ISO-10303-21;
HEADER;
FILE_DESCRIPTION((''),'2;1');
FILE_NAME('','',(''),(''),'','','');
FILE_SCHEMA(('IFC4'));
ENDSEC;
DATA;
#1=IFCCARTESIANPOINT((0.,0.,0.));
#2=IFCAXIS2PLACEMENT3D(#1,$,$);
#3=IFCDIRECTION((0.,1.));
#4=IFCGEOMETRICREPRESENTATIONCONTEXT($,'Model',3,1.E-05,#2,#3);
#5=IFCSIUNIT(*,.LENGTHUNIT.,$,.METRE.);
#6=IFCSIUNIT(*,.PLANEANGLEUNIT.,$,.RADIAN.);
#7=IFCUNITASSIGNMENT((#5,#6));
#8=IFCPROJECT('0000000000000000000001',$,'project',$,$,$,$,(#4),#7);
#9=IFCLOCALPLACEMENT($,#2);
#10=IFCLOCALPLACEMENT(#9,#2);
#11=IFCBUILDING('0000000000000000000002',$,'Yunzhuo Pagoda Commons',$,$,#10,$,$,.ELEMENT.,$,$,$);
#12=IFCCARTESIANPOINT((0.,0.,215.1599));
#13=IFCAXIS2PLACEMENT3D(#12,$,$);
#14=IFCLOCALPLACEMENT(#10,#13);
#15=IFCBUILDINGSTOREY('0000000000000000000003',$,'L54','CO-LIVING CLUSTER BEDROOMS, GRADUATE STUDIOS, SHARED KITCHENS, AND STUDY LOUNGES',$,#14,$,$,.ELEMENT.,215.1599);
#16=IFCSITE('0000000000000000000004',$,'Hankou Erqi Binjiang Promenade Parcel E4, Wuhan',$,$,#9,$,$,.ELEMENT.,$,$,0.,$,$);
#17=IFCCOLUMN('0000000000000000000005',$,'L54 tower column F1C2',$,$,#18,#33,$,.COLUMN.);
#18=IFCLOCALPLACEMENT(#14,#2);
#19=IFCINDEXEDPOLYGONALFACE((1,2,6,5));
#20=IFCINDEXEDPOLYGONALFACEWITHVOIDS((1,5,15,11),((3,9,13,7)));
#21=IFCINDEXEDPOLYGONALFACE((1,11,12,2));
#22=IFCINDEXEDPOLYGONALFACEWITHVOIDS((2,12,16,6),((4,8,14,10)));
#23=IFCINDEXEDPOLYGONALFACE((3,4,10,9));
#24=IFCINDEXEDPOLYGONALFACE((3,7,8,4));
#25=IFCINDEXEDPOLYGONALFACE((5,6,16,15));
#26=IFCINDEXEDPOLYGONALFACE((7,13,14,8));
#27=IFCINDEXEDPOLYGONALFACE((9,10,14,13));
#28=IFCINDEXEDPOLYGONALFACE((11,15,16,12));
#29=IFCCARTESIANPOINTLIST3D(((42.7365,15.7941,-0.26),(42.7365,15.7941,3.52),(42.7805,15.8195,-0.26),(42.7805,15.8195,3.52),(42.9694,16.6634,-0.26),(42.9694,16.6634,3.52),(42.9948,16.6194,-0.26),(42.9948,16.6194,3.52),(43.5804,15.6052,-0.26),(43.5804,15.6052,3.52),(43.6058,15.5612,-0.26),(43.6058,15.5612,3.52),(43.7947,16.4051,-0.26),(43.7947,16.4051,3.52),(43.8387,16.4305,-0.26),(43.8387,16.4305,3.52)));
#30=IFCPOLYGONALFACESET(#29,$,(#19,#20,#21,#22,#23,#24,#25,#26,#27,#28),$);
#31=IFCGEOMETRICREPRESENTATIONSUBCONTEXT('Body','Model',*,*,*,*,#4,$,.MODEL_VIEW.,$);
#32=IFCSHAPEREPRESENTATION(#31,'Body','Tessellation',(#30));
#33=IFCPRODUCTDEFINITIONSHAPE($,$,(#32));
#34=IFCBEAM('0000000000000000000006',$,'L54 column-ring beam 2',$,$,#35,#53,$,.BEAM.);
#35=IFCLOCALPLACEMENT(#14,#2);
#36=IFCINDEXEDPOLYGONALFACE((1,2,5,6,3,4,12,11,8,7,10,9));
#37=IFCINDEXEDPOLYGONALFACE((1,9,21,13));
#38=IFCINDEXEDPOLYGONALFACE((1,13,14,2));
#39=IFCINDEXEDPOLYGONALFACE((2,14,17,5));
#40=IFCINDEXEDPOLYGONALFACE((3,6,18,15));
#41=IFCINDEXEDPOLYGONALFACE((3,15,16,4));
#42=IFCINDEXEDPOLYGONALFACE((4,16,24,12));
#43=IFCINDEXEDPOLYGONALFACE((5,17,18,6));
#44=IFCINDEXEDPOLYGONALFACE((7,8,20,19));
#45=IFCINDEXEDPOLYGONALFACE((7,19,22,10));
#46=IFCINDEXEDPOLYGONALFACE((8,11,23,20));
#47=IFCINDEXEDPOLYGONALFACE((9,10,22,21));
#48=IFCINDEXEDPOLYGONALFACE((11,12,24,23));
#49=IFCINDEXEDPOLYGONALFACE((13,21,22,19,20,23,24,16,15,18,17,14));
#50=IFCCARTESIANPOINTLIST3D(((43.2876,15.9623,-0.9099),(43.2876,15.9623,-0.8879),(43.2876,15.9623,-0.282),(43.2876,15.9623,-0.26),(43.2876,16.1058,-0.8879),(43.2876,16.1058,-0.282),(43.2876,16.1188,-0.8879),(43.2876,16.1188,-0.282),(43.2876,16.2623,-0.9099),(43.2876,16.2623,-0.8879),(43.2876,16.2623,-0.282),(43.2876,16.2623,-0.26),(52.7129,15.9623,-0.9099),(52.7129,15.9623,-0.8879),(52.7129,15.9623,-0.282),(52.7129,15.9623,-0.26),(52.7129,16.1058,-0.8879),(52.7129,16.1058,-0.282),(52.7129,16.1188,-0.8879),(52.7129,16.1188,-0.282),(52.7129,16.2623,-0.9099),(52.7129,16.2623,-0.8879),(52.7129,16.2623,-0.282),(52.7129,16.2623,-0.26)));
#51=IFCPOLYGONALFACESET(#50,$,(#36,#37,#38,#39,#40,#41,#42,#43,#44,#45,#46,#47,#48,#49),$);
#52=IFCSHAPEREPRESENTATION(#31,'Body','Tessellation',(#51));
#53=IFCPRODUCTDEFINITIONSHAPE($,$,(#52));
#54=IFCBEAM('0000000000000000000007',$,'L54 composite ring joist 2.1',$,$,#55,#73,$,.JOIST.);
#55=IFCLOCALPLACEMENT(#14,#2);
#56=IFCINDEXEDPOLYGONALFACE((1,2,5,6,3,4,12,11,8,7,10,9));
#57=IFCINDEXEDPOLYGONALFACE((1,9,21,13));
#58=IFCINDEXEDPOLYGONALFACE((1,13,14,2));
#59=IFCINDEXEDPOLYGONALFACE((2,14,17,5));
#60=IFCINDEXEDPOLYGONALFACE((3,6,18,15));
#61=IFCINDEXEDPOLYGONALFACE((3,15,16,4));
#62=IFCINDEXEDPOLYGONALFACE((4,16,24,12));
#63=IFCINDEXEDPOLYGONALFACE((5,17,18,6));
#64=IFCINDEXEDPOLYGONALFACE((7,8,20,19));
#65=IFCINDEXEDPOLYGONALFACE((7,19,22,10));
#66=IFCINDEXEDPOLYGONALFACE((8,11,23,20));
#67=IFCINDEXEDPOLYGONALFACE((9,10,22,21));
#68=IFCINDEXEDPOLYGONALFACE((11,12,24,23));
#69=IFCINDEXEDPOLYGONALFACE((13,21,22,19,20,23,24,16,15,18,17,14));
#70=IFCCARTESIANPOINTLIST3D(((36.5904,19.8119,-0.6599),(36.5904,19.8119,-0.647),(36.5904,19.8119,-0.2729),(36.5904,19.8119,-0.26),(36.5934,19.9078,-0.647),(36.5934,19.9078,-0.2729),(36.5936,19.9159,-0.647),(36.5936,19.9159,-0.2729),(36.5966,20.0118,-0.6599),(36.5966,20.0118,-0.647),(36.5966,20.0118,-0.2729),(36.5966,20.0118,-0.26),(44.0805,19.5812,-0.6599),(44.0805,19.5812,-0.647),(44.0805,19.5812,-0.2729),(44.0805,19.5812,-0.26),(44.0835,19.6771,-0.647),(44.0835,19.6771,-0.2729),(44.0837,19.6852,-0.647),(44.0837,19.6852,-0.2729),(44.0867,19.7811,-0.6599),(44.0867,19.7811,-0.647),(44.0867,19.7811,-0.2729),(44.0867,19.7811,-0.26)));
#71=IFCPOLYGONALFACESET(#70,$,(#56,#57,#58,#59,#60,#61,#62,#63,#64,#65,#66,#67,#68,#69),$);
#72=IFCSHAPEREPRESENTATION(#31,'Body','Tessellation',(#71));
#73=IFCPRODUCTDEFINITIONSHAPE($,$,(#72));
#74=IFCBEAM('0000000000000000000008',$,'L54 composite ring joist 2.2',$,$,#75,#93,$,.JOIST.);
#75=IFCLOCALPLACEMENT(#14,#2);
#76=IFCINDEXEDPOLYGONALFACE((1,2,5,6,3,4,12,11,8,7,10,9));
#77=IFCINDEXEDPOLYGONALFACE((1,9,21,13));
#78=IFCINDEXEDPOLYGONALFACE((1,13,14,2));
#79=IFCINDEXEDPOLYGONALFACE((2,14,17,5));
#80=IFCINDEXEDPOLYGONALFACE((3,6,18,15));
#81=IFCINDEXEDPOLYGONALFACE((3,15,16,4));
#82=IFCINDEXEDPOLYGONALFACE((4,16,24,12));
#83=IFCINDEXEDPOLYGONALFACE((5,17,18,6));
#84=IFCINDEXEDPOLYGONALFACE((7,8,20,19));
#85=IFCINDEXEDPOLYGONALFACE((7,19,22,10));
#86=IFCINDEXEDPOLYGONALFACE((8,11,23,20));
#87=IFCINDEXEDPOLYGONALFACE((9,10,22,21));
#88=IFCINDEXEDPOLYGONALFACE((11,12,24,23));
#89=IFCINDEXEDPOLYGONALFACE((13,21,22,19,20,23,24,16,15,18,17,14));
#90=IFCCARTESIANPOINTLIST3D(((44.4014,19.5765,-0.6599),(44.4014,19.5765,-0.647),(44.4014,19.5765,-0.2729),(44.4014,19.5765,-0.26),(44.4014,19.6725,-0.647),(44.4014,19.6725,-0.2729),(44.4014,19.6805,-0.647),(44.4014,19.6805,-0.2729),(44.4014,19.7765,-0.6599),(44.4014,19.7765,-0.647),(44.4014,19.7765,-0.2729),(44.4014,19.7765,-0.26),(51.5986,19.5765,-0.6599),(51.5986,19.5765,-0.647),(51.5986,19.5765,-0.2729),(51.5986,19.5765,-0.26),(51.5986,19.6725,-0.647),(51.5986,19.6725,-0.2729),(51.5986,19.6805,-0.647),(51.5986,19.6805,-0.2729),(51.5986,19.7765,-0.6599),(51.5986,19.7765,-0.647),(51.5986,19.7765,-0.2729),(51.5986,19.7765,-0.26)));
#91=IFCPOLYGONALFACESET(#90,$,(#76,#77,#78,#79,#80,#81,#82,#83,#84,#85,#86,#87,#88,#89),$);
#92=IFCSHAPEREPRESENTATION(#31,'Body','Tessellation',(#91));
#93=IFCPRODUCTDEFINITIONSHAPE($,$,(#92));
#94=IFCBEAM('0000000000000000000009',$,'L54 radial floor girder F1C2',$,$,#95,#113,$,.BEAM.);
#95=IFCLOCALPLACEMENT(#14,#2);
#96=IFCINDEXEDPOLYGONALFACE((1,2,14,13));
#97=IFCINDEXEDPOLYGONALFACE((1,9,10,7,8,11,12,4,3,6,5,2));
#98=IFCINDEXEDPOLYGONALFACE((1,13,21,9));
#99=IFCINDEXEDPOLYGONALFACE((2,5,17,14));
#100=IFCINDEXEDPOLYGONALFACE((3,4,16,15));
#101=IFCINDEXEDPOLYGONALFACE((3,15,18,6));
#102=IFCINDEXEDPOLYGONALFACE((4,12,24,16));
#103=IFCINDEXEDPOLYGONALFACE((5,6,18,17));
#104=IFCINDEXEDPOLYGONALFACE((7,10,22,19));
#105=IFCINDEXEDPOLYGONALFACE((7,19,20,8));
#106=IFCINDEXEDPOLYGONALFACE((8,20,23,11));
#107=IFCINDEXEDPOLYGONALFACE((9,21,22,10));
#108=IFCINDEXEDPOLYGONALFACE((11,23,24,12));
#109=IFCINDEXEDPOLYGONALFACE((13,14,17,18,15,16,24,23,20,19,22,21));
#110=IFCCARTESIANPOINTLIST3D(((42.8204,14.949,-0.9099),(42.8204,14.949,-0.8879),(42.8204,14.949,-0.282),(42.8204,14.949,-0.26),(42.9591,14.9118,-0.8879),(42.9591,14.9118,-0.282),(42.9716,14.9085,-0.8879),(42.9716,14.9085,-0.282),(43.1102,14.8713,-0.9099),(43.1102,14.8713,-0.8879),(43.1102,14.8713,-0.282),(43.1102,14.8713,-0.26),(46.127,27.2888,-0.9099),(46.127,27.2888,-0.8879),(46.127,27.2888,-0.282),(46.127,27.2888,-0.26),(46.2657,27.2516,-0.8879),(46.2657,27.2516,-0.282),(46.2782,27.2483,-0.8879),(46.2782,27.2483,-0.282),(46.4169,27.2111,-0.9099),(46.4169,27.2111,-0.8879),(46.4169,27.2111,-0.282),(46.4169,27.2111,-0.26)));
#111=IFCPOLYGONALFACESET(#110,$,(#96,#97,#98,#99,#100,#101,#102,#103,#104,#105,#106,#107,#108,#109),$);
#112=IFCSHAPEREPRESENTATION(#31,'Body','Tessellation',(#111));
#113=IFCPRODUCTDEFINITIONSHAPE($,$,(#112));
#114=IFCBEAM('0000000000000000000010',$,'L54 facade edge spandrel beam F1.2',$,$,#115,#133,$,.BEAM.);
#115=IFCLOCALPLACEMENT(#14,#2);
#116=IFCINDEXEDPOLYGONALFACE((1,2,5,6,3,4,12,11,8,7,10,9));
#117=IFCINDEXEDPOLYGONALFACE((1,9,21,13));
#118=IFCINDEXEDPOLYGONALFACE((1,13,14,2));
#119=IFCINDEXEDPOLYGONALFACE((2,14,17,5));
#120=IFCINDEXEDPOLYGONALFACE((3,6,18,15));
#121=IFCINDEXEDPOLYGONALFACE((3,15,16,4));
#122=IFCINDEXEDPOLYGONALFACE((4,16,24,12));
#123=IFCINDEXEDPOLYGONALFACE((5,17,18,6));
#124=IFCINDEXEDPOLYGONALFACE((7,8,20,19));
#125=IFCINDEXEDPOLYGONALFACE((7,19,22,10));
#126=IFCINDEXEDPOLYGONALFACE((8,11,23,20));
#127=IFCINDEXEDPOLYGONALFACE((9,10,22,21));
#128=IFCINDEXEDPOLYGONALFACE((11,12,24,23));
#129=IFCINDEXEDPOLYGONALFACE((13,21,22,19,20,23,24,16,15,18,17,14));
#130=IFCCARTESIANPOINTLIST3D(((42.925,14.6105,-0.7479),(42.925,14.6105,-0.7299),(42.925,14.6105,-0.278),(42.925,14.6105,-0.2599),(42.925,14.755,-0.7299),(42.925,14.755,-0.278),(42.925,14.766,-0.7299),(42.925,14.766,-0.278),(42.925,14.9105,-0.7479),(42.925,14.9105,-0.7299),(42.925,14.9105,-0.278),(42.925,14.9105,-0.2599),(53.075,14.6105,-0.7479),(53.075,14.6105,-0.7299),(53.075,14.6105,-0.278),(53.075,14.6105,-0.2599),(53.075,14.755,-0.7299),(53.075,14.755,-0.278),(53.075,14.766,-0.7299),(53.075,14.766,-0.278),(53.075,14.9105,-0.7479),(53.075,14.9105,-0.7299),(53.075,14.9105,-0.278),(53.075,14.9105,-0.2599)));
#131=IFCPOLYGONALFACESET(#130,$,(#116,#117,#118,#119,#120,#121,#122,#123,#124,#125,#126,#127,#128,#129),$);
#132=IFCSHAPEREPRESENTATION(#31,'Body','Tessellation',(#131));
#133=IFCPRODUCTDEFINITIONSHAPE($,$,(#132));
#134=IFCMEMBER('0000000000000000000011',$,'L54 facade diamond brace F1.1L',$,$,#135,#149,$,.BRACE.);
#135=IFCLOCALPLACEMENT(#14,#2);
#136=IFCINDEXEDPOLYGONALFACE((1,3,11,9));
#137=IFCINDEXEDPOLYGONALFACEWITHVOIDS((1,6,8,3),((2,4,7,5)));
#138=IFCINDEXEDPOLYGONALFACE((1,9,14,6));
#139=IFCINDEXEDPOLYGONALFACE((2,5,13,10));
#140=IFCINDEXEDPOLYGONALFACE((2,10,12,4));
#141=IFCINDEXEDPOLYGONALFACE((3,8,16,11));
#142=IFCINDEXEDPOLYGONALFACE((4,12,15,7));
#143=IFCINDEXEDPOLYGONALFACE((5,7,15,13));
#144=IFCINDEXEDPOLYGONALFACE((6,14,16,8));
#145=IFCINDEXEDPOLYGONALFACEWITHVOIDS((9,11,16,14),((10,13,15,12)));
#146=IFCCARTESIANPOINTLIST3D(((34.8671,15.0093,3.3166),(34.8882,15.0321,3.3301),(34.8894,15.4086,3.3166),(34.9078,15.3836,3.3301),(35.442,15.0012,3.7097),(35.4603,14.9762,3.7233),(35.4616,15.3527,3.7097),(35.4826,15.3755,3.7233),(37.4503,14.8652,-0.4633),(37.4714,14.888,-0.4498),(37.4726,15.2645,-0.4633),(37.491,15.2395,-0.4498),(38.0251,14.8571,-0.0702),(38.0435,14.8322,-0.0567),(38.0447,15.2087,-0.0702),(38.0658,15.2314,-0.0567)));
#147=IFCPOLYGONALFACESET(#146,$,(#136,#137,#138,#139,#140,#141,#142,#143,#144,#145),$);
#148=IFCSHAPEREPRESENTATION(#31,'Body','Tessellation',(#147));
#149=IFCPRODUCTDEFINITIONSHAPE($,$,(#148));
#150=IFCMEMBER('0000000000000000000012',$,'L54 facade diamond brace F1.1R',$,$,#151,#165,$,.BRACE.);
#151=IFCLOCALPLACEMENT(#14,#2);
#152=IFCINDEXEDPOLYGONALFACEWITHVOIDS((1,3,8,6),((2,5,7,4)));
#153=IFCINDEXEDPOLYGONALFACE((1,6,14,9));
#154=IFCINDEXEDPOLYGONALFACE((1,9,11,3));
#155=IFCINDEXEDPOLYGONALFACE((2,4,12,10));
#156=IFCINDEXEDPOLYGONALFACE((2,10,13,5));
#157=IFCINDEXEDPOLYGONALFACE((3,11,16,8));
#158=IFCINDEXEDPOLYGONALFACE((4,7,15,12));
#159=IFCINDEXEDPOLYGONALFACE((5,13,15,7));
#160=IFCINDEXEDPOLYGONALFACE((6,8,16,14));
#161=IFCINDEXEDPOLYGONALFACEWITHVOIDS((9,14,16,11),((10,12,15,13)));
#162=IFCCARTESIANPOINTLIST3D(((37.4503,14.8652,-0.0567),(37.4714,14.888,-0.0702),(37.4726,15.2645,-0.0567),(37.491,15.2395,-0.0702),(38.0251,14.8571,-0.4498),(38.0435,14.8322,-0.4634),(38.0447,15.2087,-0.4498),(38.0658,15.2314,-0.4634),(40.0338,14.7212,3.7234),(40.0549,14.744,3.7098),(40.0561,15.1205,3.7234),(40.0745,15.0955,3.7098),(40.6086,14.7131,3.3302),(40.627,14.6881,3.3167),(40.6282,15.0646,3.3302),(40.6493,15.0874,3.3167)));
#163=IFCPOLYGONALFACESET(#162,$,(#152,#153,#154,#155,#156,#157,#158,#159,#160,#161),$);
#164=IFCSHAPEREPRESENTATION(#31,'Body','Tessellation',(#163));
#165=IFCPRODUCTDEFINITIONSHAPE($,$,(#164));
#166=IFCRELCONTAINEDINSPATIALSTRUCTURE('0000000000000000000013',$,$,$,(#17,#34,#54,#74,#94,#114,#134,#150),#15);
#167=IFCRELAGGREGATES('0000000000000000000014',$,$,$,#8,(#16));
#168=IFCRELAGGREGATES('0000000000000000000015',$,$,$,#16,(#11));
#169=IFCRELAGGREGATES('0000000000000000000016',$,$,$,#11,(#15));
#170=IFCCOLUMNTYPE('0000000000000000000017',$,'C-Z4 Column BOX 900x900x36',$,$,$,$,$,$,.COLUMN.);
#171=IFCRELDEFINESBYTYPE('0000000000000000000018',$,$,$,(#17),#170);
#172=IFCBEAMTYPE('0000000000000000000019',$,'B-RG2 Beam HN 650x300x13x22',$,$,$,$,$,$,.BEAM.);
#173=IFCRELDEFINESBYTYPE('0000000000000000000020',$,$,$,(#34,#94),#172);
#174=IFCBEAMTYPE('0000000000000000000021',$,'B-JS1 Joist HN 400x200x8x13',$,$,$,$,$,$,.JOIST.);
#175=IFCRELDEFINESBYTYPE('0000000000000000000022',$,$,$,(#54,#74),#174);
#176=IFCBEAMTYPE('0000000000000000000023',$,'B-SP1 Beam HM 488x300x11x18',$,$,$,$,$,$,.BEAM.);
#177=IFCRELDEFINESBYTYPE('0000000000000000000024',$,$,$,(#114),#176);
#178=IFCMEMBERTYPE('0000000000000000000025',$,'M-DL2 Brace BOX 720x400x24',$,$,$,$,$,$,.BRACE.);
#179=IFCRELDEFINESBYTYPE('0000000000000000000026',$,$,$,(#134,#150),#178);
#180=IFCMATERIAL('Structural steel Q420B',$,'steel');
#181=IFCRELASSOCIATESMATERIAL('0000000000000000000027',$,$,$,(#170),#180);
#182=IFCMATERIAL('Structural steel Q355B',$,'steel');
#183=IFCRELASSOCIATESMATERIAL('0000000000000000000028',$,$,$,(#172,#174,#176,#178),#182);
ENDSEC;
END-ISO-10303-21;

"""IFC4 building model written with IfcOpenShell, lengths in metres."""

from ifc_helpers import new_model, si_unit, direction, frame, origin, origin_2d, place, context, subcontext, project, spatial, hollow_rectangle, i_section, extrude, source, transform, mapped, material, material_profile, profile_set, type_object, element, save


model = new_model("IFC4")

# Units and contexts
model_context = context("Model", 3, precision=1e-05, world=origin(), true_north=direction((0.0, 1.0)))
body_context = subcontext(model_context, "Body", "Model", "MODEL_VIEW")
ifc_project = project(units=[si_unit("LENGTHUNIT", "METRE"), si_unit("PLANEANGLEUNIT", "RADIAN")], contexts=[model_context])

# Site, building, storey
site_placement = place(None, origin())
site = spatial("IfcSite", under=ifc_project, at=site_placement, Name="Hankou Erqi Binjiang Promenade Parcel E4, Wuhan", CompositionType="ELEMENT", RefElevation=0.0)
building_placement = place(site_placement, origin())
building = spatial("IfcBuilding", under=site, at=building_placement, Name="Yunzhuo Pagoda Commons", CompositionType="ELEMENT")
storey_placement = place(building_placement, frame((0.0, 0.0, 215.1599)))
storey = spatial("IfcBuildingStorey", under=building, at=storey_placement, Name="L54", Description="CO-LIVING CLUSTER BEDROOMS, GRADUATE STUDIOS, SHARED KITCHENS, AND STUDY LOUNGES", CompositionType="ELEMENT", Elevation=215.1599)

# Column
ifc_material_1 = material(Name="Structural steel Q420B", Category="steel")
ifc_material_profile_1 = material_profile(ifc_material_1, hollow_rectangle(XDim=0.8999, YDim=0.8999, WallThickness=0.0359, at=origin_2d()), Name="Structural steel Q420B")
ifc_profile_set_1 = profile_set([ifc_material_profile_1], Name="Structural steel Q420B")
column_type = type_object("IfcColumnType", Name="C-Z4 Column BOX 900x900x36", PredefinedType="COLUMN", material=ifc_profile_set_1)
shared_shape_1 = source(origin(), body_context, "Body", "SweptSolid", [
    extrude(hollow_rectangle(XDim=0.8999, YDim=0.8999, WallThickness=0.0359, at=origin_2d()), origin(), (0.0, 0.0, 1.0), 3.78),
])
column_placement = place(storey_placement, frame((43.2876, 16.1123, -0.26), z_axis=(0.0, 0.0, 1.0), x_axis=(0.965926, -0.258819, 0.0)))
element("IfcColumn", 1, at=column_placement, inside=storey, type_object=column_type, Name="L54 tower column F1C2", PredefinedType="COLUMN", context=body_context, shape_type="MappedRepresentation", body=[
    mapped(shared_shape_1, transform((0.0, 0.0, 0.0), scale=1.0)),
])

# Beams
ifc_material_2 = material(Name="Structural steel Q355B", Category="steel")
ifc_material_profile_2 = material_profile(ifc_material_2, i_section(OverallWidth=0.3, OverallDepth=0.6499, WebThickness=0.0129, FlangeThickness=0.022, at=origin_2d()), Name="Structural steel Q355B")
ifc_profile_set_2 = profile_set([ifc_material_profile_2], Name="Structural steel Q355B")
beam_type_1 = type_object("IfcBeamType", Name="B-RG2 Beam HN 650x300x13x22", PredefinedType="BEAM", material=ifc_profile_set_2)
shared_shape_2 = source(origin(), body_context, "Body", "SweptSolid", [
    extrude(i_section(OverallWidth=0.3, OverallDepth=0.6499, WebThickness=0.0129, FlangeThickness=0.022, at=origin_2d()), origin(), (0.0, 0.0, 1.0), 9.4253),
])
beam_1_placement = place(storey_placement, frame((43.2876, 16.1123, -0.585), z_axis=(1.0, 0.0, 0.0), x_axis=(0.0, 1.0, 0.0)))
element("IfcBeam", 2, at=beam_1_placement, inside=storey, type_object=beam_type_1, Name="L54 column-ring beam 2", PredefinedType="BEAM", context=body_context, shape_type="MappedRepresentation", body=[
    mapped(shared_shape_2, transform((0.0, 0.0, 0.0), scale=1.0)),
])
ifc_material_profile_3 = material_profile(ifc_material_2, i_section(OverallWidth=0.2, OverallDepth=0.3999, WebThickness=0.0081, FlangeThickness=0.0129, at=origin_2d()), Name="Structural steel Q355B")
ifc_profile_set_3 = profile_set([ifc_material_profile_3], Name="Structural steel Q355B")
beam_type_2 = type_object("IfcBeamType", Name="B-JS1 Joist HN 400x200x8x13", PredefinedType="JOIST", material=ifc_profile_set_3)
shared_shape_3 = source(origin(), body_context, "Body", "SweptSolid", [
    extrude(i_section(OverallWidth=0.2, OverallDepth=0.3999, WebThickness=0.0081, FlangeThickness=0.0129, at=origin_2d()), origin(), (0.0, 0.0, 1.0), 7.4937),
])
beam_2_placement = place(storey_placement, frame((36.5935, 19.9119, -0.46), z_axis=(0.999526, -0.030788, 0.0), x_axis=(0.030788, 0.999526, 0.0)))
element("IfcBeam", 3, at=beam_2_placement, inside=storey, type_object=beam_type_2, Name="L54 composite ring joist 2.1", PredefinedType="JOIST", context=body_context, shape_type="MappedRepresentation", body=[
    mapped(shared_shape_3, transform((0.0, 0.0, 0.0), scale=1.0)),
])
shared_shape_4 = source(origin(), body_context, "Body", "SweptSolid", [
    extrude(i_section(OverallWidth=0.2, OverallDepth=0.3999, WebThickness=0.0081, FlangeThickness=0.0129, at=origin_2d()), origin(), (0.0, 0.0, 1.0), 7.1973),
])
beam_3_placement = place(storey_placement, frame((44.4014, 19.6765, -0.46), z_axis=(1.0, 0.0, 0.0), x_axis=(0.0, 1.0, 0.0)))
element("IfcBeam", 4, at=beam_3_placement, inside=storey, type_object=beam_type_2, Name="L54 composite ring joist 2.2", PredefinedType="JOIST", context=body_context, shape_type="MappedRepresentation", body=[
    mapped(shared_shape_4, transform((0.0, 0.0, 0.0), scale=1.0)),
])
shared_shape_5 = source(origin(), body_context, "Body", "SweptSolid", [
    extrude(i_section(OverallWidth=0.3, OverallDepth=0.6499, WebThickness=0.0129, FlangeThickness=0.022, at=origin_2d()), origin(), (0.0, 0.0, 1.0), 12.7751),
])
beam_4_placement = place(storey_placement, frame((42.9653, 14.9102, -0.585), z_axis=(0.258833, 0.965922, 0.0), x_axis=(-0.965922, 0.258833, 0.0)))
element("IfcBeam", 5, at=beam_4_placement, inside=storey, type_object=beam_type_1, Name="L54 radial floor girder F1C2", PredefinedType="BEAM", context=body_context, shape_type="MappedRepresentation", body=[
    mapped(shared_shape_5, transform((0.0, 0.0, 0.0), scale=1.0)),
])
ifc_material_profile_4 = material_profile(ifc_material_2, i_section(OverallWidth=0.3, OverallDepth=0.488, WebThickness=0.011, FlangeThickness=0.0181, at=origin_2d()), Name="Structural steel Q355B")
ifc_profile_set_4 = profile_set([ifc_material_profile_4], Name="Structural steel Q355B")
beam_type_3 = type_object("IfcBeamType", Name="B-SP1 Beam HM 488x300x11x18", PredefinedType="BEAM", material=ifc_profile_set_4)
shared_shape_6 = source(origin(), body_context, "Body", "SweptSolid", [
    extrude(i_section(OverallWidth=0.3, OverallDepth=0.488, WebThickness=0.011, FlangeThickness=0.0181, at=origin_2d()), origin(), (0.0, 0.0, 1.0), 10.1499),
])
beam_5_placement = place(storey_placement, frame((42.925, 14.7605, -0.5039), z_axis=(1.0, 0.0, 0.0), x_axis=(0.0, 1.0, 0.0)))
element("IfcBeam", 6, at=beam_5_placement, inside=storey, type_object=beam_type_3, Name="L54 facade edge spandrel beam F1.2", PredefinedType="BEAM", context=body_context, shape_type="MappedRepresentation", body=[
    mapped(shared_shape_6, transform((0.0, 0.0, 0.0), scale=1.0)),
])

# Members
ifc_material_profile_5 = material_profile(ifc_material_2, hollow_rectangle(XDim=0.3999, YDim=0.72, WallThickness=0.0239, at=origin_2d()), Name="Structural steel Q355B")
ifc_profile_set_5 = profile_set([ifc_material_profile_5], Name="Structural steel Q355B")
member_type_1 = type_object("IfcMemberType", Name="M-DL2 Brace BOX 720x400x24", PredefinedType="BRACE", material=ifc_profile_set_5)
shared_shape_7 = source(origin(), body_context, "Body", "SweptSolid", [
    extrude(hollow_rectangle(XDim=0.3999, YDim=0.72, WallThickness=0.0239, at=origin_2d()), origin(), (0.0, 0.0, 1.0), 4.5806),
])
member_1_placement = place(storey_placement, frame((37.7581, 15.0483, -0.26), z_axis=(-0.563946, 0.031446, 0.825213), x_axis=(-0.055674, -0.998449, 0.0)))
element("IfcMember", 7, at=member_1_placement, inside=storey, type_object=member_type_1, Name="L54 facade diamond brace F1.1L", PredefinedType="BRACE", context=body_context, shape_type="MappedRepresentation", body=[
    mapped(shared_shape_7, transform((0.0, 0.0, 0.0), scale=1.0)),
])
shared_shape_8 = source(origin(), body_context, "Body", "SweptSolid", [
    extrude(hollow_rectangle(XDim=0.3999, YDim=0.72, WallThickness=0.0239, at=origin_2d()), origin(), (0.0, 0.0, 1.0), 4.5808),
])
member_2_placement = place(storey_placement, frame((37.7581, 15.0483, -0.26), z_axis=(0.563982, -0.031445, 0.825188), x_axis=(0.055669, 0.998449, 0.0)))
element("IfcMember", 8, at=member_2_placement, inside=storey, type_object=member_type_1, Name="L54 facade diamond brace F1.1R", PredefinedType="BRACE", context=body_context, shape_type="MappedRepresentation", body=[
    mapped(shared_shape_8, transform((0.0, 0.0, 0.0), scale=1.0)),
])

save(model, "model.ifc")
